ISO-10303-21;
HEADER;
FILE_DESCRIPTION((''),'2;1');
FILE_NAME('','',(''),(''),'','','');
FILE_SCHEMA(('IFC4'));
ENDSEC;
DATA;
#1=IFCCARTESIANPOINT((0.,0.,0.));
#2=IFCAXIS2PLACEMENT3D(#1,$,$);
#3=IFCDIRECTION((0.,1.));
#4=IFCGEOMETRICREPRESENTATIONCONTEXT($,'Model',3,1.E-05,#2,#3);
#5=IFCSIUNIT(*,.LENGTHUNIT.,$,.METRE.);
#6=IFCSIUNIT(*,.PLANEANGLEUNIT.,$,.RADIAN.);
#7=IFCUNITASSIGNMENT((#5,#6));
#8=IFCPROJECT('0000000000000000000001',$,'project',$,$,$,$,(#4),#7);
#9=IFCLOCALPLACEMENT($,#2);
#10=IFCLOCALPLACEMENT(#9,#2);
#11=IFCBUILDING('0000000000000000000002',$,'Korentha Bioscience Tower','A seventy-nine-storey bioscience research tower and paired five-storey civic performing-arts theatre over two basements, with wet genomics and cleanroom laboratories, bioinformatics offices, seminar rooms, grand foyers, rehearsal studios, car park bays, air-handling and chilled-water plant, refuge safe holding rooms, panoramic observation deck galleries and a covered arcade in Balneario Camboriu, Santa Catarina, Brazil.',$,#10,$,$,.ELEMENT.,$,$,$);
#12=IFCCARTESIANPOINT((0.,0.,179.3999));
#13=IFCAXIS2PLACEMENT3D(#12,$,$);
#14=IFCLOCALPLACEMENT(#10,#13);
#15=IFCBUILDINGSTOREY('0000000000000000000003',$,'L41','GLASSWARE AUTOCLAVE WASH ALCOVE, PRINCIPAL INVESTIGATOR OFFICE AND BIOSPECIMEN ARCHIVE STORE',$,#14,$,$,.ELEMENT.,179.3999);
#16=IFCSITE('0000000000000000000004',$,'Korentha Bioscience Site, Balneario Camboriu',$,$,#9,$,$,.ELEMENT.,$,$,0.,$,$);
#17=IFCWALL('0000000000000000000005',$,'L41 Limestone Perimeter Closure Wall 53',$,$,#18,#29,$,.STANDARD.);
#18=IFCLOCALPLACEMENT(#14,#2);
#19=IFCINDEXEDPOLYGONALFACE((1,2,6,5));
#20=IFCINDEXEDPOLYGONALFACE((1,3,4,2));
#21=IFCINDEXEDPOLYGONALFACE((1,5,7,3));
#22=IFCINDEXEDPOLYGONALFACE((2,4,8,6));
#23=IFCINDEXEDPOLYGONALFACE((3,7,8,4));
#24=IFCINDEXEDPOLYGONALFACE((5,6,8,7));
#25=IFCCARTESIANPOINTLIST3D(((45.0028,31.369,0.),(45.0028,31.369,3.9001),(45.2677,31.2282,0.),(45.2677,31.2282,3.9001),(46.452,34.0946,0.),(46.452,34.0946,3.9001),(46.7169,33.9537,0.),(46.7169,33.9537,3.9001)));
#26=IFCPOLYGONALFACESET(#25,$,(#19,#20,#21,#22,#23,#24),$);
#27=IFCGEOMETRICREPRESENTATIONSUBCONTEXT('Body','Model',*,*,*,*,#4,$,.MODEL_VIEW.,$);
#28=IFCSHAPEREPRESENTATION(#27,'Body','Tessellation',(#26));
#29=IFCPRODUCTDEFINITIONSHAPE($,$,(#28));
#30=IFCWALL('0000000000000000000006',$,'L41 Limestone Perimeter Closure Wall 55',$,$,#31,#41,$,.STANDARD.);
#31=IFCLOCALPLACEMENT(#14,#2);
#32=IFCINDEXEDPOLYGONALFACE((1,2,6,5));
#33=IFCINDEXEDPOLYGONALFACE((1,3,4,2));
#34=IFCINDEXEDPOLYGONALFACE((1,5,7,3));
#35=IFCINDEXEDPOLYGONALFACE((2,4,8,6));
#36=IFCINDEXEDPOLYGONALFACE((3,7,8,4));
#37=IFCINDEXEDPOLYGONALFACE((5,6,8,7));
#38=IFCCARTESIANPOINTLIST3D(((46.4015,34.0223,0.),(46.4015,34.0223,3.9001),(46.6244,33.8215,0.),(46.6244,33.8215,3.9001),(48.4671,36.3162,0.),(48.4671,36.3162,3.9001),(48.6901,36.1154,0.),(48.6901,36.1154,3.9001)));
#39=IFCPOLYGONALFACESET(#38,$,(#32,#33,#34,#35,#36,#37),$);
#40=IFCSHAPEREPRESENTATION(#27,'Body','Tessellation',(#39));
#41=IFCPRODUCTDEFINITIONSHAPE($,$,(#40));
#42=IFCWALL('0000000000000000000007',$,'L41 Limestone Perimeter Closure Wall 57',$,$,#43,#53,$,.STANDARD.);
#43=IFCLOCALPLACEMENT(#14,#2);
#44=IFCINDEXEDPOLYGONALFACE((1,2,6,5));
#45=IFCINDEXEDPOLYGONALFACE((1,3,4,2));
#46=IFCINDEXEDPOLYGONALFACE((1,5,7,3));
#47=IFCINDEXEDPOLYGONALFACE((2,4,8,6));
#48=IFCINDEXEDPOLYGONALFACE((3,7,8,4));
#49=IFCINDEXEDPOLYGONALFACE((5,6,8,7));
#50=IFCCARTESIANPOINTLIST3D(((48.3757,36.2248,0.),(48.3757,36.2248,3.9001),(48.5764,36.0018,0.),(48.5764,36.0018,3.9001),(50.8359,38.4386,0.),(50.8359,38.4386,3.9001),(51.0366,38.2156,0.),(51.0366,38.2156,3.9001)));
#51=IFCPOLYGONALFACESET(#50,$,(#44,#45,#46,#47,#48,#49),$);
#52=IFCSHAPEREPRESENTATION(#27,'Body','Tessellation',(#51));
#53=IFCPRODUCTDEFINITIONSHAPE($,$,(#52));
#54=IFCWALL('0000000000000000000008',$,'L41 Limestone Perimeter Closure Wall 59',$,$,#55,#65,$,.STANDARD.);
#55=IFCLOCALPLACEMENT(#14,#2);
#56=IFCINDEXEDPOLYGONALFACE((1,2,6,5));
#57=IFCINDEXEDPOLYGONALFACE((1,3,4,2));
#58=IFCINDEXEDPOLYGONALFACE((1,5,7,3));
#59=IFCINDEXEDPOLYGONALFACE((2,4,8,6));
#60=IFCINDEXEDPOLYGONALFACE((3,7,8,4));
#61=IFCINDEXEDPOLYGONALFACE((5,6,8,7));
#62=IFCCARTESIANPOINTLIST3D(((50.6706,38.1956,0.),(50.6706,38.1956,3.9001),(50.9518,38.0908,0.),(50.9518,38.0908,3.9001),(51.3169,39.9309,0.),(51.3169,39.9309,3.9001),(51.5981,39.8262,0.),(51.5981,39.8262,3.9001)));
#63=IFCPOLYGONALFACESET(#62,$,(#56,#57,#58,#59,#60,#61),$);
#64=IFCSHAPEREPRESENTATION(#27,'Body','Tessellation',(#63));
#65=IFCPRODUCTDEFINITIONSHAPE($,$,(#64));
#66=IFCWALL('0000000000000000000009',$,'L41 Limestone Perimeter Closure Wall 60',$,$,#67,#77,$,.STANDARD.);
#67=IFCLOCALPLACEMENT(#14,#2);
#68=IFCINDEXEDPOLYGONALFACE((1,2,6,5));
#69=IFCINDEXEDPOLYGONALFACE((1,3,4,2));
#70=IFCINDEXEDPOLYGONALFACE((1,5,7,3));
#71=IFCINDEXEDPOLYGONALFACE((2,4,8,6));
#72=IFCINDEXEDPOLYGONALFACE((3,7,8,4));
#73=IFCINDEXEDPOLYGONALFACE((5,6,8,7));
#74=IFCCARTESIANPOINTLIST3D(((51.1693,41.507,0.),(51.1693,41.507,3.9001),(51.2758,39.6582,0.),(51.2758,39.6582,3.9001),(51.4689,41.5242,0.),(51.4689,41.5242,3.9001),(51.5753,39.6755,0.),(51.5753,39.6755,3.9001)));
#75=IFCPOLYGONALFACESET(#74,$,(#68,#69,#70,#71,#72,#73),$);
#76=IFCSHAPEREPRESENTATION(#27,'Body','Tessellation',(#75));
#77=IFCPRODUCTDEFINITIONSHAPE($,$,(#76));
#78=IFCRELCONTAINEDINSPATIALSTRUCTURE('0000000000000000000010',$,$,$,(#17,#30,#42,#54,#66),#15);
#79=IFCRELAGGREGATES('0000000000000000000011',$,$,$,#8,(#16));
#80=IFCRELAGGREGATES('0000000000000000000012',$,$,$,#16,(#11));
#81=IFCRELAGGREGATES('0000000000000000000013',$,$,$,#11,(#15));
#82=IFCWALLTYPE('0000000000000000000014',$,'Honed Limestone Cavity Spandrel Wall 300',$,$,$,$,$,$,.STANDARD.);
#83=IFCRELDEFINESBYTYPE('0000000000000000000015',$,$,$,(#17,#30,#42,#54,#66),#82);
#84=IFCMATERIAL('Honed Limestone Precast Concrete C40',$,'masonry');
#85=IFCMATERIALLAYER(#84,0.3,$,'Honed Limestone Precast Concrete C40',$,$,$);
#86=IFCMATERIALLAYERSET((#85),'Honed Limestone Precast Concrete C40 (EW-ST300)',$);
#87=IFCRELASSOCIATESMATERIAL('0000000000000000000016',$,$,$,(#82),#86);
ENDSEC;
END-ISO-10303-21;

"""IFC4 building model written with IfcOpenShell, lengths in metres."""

from ifc_helpers import new_model, si_unit, direction, frame, frame_2d, origin, place, context, subcontext, project, spatial, rectangle, extrude, material, layer, layer_set, type_object, element, save


model = new_model("IFC4")

# Units and contexts
model_context = context("Model", 3, precision=1e-05, world=origin(), true_north=direction((0.0, 1.0)))
body_context = subcontext(model_context, "Body", "Model", "MODEL_VIEW")
ifc_project = project(units=[si_unit("LENGTHUNIT", "METRE"), si_unit("PLANEANGLEUNIT", "RADIAN")], contexts=[model_context])

# Site, building, storey
site_placement = place(None, origin())
site = spatial("IfcSite", under=ifc_project, at=site_placement, Name="Korentha Bioscience Site, Balneario Camboriu", CompositionType="ELEMENT", RefElevation=0.0)
building_placement = place(site_placement, origin())
building = spatial("IfcBuilding", under=site, at=building_placement, Name="Korentha Bioscience Tower", Description="A seventy-nine-storey bioscience research tower and paired five-storey civic performing-arts theatre over two basements, with wet genomics and cleanroom laboratories, bioinformatics offices, seminar rooms, grand foyers, rehearsal studios, car park bays, air-handling and chilled-water plant, refuge safe holding rooms, panoramic observation deck galleries and a covered arcade in Balneario Camboriu, Santa Catarina, Brazil.", CompositionType="ELEMENT")
storey_placement = place(building_placement, frame((0.0, 0.0, 179.3999)))
storey = spatial("IfcBuildingStorey", under=building, at=storey_placement, Name="L41", Description="GLASSWARE AUTOCLAVE WASH ALCOVE, PRINCIPAL INVESTIGATOR OFFICE AND BIOSPECIMEN ARCHIVE STORE", CompositionType="ELEMENT", Elevation=179.3999)

# Walls
ifc_material_1 = material(Name="Honed Limestone Precast Concrete C40", Category="masonry")
ifc_layer_1 = layer(ifc_material_1, 0.3, Name="Honed Limestone Precast Concrete C40")
ifc_layer_set_1 = layer_set([ifc_layer_1], Name="Honed Limestone Precast Concrete C40 (EW-ST300)")
wall_type = type_object("IfcWallType", Name="Honed Limestone Cavity Spandrel Wall 300", PredefinedType="STANDARD", material=ifc_layer_set_1)
for number, where, z_axis, x_axis, name in (
    (1, (45.1353, 31.2986, 0.0), (0.0, 0.0, 1.0), (0.469471, 0.882948, 0.0), "L41 Limestone Perimeter Closure Wall 53"),
    (2, (46.5129, 33.9219, 0.0), (0.0, 0.0, 1.0), (0.669166, 0.743113, 0.0), "L41 Limestone Perimeter Closure Wall 55"),
):
    element("IfcWall", number, at=place(storey_placement, frame(where, z_axis=z_axis, x_axis=x_axis)), inside=storey, type_object=wall_type, Name=name, PredefinedType="STANDARD", context=body_context, shape_type="SweptSolid", body=[
        extrude(rectangle(XDim=3.0869, YDim=0.3, at=frame_2d((1.5435, 0.0))), origin(), (0.0, 0.0, 1.0), 3.9001),
    ])
wall_placement = place(storey_placement, frame((48.4761, 36.1133, 0.0), z_axis=(0.0, 0.0, 1.0), x_axis=(0.743342, 0.668912, 0.0)))
element("IfcWall", 3, at=wall_placement, inside=storey, type_object=wall_type, Name="L41 Limestone Perimeter Closure Wall 57", PredefinedType="STANDARD", context=body_context, shape_type="SweptSolid", body=[
    extrude(rectangle(XDim=3.3096, YDim=0.3, at=frame_2d((1.6548, 0.0))), origin(), (0.0, 0.0, 1.0), 3.9001),
])
for number, where, z_axis, x_axis, name in (
    (4, (50.8113, 38.1433, 0.0), (0.0, 0.0, 1.0), (0.348984, 0.937129, 0.0), "L41 Limestone Perimeter Closure Wall 59"),
    (5, (51.4255, 39.667, 0.0), (0.0, 0.0, 1.0), (-0.057485, 0.998346, 0.0), "L41 Limestone Perimeter Closure Wall 60"),
):
    element("IfcWall", number, at=place(storey_placement, frame(where, z_axis=z_axis, x_axis=x_axis)), inside=storey, type_object=wall_type, Name=name, PredefinedType="STANDARD", context=body_context, shape_type="SweptSolid", body=[
        extrude(rectangle(XDim=1.8518, YDim=0.3, at=frame_2d((0.9258, 0.0))), origin(), (0.0, 0.0, 1.0), 3.9001),
    ])

save(model, "model.ifc")
